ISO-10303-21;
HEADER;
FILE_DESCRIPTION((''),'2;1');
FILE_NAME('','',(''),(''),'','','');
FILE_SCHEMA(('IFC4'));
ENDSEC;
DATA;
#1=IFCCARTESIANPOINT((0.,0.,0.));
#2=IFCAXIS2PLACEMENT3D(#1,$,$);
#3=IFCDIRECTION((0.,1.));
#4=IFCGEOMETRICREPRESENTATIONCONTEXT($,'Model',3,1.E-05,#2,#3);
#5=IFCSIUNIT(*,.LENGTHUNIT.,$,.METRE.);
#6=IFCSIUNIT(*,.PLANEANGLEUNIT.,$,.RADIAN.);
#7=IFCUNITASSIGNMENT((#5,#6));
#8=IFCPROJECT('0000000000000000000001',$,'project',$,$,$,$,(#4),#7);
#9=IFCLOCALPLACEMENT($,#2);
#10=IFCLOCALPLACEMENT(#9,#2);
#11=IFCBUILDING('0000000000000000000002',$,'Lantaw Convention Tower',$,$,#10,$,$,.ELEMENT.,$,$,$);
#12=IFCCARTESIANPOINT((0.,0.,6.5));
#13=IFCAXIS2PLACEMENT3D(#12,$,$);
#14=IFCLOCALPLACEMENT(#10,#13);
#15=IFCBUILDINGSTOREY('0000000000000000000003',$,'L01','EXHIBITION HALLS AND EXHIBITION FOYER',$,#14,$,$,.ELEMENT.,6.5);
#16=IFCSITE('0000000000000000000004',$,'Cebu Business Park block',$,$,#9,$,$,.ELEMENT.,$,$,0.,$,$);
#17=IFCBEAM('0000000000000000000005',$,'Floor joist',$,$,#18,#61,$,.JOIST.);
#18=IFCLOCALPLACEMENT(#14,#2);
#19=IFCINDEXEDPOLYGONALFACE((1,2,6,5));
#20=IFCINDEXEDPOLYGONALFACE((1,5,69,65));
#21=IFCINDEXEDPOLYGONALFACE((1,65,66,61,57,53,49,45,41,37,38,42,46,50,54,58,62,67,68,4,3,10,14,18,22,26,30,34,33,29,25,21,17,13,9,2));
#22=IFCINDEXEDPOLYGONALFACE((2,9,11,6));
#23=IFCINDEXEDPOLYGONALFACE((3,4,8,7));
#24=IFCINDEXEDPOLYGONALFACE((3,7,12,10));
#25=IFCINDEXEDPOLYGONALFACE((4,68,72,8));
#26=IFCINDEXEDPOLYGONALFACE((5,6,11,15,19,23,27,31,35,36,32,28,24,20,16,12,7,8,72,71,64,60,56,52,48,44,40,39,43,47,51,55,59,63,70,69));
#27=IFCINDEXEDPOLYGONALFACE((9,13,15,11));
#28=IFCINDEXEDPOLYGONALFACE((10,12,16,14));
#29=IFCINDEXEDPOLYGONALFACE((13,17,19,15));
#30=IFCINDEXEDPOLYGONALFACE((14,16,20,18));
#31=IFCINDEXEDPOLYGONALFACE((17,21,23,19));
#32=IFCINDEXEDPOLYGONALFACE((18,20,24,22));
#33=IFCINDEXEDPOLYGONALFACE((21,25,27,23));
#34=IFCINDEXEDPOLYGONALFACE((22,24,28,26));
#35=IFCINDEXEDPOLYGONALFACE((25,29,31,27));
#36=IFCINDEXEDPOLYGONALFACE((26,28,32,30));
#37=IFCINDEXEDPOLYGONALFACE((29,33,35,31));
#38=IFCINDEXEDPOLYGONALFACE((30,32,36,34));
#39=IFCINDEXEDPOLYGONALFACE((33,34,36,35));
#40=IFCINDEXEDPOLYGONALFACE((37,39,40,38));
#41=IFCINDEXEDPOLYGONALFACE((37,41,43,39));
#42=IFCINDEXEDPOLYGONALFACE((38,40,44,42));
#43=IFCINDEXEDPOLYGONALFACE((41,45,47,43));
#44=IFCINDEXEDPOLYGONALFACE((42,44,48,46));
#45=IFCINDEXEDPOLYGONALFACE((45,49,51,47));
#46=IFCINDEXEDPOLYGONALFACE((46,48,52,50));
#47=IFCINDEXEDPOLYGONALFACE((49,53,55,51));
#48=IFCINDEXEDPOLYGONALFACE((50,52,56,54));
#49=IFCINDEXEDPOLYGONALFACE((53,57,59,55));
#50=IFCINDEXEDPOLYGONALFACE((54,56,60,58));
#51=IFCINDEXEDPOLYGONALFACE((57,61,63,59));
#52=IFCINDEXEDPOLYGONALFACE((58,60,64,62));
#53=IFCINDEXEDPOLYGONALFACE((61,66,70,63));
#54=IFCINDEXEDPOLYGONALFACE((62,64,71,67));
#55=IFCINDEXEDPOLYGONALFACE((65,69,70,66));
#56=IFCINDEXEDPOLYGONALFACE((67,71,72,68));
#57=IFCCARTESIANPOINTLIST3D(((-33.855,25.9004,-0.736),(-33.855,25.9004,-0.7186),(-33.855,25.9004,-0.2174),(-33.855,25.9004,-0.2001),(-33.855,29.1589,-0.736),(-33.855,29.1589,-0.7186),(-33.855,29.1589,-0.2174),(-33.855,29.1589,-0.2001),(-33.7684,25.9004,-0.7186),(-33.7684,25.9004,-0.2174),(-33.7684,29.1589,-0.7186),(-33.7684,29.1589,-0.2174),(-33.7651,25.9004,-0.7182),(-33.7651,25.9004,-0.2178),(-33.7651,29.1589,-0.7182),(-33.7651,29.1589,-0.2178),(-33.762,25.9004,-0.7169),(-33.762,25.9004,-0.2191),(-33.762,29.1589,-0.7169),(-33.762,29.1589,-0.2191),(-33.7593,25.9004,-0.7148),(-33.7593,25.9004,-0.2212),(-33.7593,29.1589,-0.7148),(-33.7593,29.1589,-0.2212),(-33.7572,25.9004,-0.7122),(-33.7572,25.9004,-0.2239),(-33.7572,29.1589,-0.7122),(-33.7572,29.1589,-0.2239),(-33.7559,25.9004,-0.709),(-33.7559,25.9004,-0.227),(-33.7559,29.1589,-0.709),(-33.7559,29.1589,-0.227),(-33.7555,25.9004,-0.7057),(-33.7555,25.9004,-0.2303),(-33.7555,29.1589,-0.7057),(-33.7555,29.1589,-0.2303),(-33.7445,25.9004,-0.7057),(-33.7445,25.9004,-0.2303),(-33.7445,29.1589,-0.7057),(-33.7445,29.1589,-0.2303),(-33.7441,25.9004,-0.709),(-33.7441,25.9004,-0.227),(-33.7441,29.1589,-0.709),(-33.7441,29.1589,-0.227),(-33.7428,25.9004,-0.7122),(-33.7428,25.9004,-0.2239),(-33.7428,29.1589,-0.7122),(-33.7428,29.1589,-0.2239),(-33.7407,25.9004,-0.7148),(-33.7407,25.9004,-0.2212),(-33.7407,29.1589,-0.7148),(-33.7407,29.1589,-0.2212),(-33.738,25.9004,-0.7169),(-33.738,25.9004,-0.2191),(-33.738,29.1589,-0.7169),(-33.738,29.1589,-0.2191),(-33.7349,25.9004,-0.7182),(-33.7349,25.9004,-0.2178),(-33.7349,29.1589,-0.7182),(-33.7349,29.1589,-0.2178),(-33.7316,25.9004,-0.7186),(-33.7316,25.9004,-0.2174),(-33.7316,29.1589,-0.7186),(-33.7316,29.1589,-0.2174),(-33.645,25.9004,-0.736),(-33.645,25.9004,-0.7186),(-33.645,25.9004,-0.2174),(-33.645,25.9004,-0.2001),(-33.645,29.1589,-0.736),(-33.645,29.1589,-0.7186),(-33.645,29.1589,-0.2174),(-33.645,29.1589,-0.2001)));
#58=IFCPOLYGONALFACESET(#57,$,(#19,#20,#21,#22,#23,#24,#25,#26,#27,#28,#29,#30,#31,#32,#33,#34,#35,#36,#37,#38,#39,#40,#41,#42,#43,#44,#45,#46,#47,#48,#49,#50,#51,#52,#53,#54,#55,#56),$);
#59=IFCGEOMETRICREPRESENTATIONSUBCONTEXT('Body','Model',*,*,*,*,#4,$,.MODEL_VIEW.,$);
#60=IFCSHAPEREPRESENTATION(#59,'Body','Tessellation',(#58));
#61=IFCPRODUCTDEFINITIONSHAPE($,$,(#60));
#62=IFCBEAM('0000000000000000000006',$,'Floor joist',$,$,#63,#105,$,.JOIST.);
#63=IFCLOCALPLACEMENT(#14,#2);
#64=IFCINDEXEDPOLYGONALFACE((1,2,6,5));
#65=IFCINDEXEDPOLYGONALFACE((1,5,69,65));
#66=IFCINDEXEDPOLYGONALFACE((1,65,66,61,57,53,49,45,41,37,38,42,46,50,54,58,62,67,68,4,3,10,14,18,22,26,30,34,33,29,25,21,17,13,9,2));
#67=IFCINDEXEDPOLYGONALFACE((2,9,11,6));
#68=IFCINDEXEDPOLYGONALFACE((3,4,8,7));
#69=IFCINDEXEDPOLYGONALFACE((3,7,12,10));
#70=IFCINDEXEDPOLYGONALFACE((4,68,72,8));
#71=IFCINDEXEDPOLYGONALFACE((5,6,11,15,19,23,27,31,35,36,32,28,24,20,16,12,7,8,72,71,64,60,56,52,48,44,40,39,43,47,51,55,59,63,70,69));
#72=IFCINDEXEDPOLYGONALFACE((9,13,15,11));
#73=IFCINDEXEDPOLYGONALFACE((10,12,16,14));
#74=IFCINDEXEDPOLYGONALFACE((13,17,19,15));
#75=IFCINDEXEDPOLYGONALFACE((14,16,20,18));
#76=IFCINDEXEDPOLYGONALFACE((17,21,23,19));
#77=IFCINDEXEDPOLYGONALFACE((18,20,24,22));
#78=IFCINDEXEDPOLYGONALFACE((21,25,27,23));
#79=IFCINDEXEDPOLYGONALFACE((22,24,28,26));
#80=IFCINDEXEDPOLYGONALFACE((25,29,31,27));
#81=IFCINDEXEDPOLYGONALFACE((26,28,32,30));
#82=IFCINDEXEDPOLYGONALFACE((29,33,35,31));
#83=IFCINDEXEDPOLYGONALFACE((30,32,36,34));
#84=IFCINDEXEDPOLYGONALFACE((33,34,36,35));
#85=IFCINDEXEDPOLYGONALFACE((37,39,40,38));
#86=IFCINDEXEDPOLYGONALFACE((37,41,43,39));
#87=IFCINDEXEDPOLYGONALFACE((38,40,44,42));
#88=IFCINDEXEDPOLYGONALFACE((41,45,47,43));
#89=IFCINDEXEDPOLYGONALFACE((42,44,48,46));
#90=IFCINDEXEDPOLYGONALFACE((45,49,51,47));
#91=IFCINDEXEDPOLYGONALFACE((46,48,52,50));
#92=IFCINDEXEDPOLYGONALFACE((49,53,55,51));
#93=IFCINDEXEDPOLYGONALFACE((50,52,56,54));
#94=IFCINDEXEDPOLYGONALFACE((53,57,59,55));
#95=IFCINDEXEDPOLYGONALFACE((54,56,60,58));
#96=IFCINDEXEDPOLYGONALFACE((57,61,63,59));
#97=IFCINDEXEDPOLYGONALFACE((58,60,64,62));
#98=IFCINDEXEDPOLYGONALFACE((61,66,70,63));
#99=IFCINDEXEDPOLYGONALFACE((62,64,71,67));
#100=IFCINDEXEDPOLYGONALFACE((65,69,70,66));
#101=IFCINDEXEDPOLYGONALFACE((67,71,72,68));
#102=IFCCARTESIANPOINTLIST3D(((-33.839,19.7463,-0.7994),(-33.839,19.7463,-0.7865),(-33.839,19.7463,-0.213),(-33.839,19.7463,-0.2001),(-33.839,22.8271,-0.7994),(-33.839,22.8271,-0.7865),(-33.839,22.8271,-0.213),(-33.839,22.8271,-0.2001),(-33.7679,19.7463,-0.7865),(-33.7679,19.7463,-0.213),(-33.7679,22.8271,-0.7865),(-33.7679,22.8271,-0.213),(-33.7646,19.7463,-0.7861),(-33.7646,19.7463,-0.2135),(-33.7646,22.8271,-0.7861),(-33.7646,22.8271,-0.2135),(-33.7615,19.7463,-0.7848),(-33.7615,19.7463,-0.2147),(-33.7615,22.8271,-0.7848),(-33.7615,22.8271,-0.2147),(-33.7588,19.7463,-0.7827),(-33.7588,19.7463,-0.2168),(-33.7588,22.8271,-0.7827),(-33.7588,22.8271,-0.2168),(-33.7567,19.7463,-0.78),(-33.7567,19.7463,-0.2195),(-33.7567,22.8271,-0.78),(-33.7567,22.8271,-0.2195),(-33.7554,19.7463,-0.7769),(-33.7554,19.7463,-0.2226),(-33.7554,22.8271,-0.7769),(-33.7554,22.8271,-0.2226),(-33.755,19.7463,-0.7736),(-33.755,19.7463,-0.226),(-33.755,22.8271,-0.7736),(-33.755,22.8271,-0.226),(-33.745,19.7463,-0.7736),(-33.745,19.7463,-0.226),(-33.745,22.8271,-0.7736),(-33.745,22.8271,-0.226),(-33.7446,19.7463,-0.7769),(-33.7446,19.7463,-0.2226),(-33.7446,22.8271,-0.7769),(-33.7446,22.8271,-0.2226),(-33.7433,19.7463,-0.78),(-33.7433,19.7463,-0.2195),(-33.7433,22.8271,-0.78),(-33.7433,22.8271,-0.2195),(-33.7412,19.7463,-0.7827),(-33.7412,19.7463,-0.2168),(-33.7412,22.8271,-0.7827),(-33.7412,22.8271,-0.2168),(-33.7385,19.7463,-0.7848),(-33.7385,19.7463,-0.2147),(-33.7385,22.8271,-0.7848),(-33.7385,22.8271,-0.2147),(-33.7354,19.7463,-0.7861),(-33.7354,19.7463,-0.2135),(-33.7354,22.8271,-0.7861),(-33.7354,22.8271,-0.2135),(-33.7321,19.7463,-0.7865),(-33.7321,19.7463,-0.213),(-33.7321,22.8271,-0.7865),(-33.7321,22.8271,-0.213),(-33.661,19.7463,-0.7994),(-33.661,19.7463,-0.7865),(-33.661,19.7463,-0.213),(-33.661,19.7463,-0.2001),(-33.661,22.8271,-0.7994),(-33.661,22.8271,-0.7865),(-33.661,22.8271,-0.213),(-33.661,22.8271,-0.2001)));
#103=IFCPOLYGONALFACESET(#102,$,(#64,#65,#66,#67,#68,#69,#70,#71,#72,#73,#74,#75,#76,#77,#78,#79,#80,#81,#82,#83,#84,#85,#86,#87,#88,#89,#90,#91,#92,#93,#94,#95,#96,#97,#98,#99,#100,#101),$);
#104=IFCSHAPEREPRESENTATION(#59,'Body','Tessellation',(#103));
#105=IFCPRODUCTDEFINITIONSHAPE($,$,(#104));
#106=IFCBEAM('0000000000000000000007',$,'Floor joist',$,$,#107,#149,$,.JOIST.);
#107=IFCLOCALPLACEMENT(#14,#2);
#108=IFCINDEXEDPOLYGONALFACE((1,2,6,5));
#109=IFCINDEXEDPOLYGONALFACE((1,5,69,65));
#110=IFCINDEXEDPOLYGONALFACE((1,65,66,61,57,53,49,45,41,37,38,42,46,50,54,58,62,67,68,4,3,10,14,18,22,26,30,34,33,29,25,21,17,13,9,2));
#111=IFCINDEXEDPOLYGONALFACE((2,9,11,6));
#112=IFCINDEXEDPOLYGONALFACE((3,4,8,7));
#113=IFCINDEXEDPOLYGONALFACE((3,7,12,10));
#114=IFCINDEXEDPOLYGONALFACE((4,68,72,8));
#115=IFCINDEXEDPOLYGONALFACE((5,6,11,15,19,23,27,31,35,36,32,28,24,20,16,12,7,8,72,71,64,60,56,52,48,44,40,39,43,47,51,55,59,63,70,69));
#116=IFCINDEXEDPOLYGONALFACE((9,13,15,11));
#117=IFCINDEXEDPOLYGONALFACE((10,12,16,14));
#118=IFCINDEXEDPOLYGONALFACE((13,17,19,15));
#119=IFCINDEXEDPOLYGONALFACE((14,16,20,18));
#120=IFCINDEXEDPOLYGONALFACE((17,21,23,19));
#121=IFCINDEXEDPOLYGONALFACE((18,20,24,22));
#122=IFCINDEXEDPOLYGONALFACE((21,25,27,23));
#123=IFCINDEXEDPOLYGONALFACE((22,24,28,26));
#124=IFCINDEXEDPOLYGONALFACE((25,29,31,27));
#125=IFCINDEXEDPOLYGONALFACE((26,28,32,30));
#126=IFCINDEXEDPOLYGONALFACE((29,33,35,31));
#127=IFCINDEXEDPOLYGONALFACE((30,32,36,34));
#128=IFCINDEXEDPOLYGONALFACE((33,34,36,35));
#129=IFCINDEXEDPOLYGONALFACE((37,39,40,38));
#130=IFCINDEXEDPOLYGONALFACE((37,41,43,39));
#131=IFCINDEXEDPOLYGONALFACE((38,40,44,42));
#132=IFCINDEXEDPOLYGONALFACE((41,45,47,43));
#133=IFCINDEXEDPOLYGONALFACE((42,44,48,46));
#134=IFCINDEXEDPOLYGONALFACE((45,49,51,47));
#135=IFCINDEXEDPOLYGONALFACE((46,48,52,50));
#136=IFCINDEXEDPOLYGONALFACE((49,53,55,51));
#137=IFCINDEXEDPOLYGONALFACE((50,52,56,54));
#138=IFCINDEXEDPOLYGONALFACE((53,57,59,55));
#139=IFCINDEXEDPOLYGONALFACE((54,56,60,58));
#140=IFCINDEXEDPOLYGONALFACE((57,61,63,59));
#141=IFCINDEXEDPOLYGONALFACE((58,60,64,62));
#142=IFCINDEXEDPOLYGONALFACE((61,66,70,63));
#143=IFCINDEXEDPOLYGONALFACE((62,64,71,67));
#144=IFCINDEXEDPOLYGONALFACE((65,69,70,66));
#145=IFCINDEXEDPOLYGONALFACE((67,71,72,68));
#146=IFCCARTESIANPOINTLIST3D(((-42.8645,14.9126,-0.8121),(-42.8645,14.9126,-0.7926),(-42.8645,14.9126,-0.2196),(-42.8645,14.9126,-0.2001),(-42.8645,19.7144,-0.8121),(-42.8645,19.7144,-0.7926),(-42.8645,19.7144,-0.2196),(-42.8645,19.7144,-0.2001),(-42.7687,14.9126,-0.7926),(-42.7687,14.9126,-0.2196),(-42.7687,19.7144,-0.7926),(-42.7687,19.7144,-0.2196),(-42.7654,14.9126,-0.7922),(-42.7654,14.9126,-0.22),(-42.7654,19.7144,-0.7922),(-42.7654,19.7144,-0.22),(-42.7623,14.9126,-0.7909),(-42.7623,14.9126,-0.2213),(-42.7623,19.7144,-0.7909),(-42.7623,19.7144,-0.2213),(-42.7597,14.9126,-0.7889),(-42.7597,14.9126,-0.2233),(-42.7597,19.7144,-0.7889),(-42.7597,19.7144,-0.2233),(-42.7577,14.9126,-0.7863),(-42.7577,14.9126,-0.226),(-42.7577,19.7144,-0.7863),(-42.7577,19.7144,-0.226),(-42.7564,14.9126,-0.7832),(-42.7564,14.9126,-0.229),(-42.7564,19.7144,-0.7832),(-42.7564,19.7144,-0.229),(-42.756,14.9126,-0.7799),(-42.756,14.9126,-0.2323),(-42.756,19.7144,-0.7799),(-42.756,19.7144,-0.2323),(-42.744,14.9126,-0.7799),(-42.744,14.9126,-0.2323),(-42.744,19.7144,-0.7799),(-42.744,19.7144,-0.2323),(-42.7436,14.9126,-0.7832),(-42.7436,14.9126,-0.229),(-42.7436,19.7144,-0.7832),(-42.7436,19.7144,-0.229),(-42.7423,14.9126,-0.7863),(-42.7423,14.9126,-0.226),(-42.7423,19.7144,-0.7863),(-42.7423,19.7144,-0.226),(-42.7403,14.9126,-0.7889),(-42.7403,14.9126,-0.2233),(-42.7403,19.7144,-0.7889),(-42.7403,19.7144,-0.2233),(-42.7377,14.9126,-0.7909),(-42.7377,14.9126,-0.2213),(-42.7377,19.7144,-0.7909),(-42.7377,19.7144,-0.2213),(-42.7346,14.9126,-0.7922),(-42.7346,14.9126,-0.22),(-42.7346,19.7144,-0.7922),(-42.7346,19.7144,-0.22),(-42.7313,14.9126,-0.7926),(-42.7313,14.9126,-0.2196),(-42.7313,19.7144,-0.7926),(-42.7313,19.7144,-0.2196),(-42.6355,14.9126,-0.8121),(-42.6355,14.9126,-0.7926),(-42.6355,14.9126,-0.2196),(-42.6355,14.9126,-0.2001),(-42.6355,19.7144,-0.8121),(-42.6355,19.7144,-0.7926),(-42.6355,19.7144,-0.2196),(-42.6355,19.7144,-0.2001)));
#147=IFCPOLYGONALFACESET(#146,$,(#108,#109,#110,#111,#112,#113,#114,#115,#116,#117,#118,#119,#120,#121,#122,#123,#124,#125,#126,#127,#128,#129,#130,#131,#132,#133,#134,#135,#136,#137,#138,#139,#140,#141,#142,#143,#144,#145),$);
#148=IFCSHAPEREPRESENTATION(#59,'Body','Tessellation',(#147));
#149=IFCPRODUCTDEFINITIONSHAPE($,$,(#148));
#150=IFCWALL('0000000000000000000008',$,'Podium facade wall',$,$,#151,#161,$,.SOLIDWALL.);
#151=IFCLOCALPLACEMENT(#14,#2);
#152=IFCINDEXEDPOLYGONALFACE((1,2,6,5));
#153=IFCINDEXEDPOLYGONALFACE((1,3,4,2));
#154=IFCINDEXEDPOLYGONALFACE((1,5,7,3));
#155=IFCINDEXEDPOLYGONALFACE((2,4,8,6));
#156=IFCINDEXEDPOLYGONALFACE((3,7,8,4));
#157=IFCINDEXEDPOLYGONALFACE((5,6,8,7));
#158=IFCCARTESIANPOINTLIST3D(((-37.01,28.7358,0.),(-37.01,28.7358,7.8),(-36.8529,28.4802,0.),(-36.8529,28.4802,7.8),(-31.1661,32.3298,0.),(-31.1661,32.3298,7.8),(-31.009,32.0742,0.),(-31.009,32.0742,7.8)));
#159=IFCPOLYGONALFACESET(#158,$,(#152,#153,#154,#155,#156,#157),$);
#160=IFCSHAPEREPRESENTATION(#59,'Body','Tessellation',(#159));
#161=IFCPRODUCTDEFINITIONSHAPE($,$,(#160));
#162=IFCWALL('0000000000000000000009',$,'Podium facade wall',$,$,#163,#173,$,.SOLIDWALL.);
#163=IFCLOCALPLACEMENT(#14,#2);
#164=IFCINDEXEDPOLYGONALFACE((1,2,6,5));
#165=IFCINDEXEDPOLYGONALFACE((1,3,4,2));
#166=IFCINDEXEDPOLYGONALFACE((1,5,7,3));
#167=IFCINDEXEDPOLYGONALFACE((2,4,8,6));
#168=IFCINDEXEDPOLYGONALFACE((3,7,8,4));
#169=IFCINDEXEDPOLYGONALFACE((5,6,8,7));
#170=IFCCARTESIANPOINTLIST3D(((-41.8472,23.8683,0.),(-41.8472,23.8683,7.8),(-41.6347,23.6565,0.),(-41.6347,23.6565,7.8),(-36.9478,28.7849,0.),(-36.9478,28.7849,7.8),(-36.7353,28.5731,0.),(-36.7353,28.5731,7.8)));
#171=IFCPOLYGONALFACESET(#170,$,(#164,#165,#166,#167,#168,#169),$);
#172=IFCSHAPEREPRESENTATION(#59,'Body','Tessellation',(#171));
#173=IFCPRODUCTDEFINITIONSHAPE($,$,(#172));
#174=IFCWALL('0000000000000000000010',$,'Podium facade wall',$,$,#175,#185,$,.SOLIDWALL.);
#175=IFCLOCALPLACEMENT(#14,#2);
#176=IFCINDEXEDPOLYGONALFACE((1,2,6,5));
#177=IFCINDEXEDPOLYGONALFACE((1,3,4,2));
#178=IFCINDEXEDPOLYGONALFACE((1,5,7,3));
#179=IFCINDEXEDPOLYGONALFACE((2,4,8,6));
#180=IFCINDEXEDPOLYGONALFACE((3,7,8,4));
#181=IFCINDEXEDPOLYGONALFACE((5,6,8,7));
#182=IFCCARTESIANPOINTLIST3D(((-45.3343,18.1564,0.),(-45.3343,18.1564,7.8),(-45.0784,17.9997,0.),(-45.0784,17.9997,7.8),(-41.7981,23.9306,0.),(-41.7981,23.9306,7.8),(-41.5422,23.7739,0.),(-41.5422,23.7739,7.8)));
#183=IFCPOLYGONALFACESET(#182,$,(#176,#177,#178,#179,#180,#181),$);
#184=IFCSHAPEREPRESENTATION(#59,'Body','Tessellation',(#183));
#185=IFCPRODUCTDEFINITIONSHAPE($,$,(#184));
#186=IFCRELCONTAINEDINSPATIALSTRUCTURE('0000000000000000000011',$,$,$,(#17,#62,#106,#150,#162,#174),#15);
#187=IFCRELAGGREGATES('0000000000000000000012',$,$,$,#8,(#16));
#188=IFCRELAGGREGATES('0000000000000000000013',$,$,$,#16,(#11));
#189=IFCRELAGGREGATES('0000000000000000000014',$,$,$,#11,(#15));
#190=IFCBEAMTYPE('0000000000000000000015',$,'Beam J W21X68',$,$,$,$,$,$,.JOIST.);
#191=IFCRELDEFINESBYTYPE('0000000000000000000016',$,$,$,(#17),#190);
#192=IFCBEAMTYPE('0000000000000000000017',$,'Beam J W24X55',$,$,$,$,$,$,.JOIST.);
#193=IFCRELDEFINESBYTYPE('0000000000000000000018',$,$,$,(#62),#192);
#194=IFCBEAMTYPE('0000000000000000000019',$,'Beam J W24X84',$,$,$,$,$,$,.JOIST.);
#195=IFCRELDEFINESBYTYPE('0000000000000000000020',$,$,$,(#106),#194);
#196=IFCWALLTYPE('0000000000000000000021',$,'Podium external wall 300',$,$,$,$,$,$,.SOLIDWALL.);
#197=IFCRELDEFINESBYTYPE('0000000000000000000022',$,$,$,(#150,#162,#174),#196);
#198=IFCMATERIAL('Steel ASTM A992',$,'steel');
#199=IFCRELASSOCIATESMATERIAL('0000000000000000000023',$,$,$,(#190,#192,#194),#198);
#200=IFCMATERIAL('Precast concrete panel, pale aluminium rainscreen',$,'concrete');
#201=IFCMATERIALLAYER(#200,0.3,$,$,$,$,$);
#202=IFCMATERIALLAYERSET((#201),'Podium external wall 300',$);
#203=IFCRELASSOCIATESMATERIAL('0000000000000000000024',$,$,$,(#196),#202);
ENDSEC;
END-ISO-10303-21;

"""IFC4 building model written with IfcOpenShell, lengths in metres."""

from ifc_helpers import new_model, si_unit, direction, frame, frame_2d, origin, origin_2d, place, context, subcontext, project, spatial, rectangle, i_section, extrude, material, layer, layer_set, material_profile, profile_set, type_object, element, save


model = new_model("IFC4")

# Units and contexts
model_context = context("Model", 3, precision=1e-05, world=origin(), true_north=direction((0.0, 1.0)))
body_context = subcontext(model_context, "Body", "Model", "MODEL_VIEW")
ifc_project = project(units=[si_unit("LENGTHUNIT", "METRE"), si_unit("PLANEANGLEUNIT", "RADIAN")], contexts=[model_context])

# Site, building, storey
site_placement = place(None, origin())
site = spatial("IfcSite", under=ifc_project, at=site_placement, Name="Cebu Business Park block", CompositionType="ELEMENT", RefElevation=0.0)
building_placement = place(site_placement, origin())
building = spatial("IfcBuilding", under=site, at=building_placement, Name="Lantaw Convention Tower", CompositionType="ELEMENT")
storey_placement = place(building_placement, frame((0.0, 0.0, 6.5)))
storey = spatial("IfcBuildingStorey", under=building, at=storey_placement, Name="L01", Description="EXHIBITION HALLS AND EXHIBITION FOYER", CompositionType="ELEMENT", Elevation=6.5)

# Beams
ifc_material_1 = material(Name="Steel ASTM A992", Category="steel")
ifc_material_profile_1 = material_profile(ifc_material_1, i_section(OverallWidth=0.21, OverallDepth=0.5359, WebThickness=0.011, FlangeThickness=0.0173, FilletRadius=0.0129, at=origin_2d()), Name="W21X68")
ifc_profile_set_1 = profile_set([ifc_material_profile_1], Name="Steel ASTM A992")
beam_type_1 = type_object("IfcBeamType", Name="Beam J W21X68", PredefinedType="JOIST", material=ifc_profile_set_1)
beam_1_placement = place(storey_placement, frame((-33.75, 25.9004, -0.468), z_axis=(0.0, 1.0, 0.0), x_axis=(-1.0, 0.0, 0.0)))
element("IfcBeam", 1, at=beam_1_placement, inside=storey, type_object=beam_type_1, Name="Floor joist", PredefinedType="JOIST", context=body_context, shape_type="SweptSolid", body=[
    extrude(i_section(OverallWidth=0.21, OverallDepth=0.5359, WebThickness=0.011, FlangeThickness=0.0173, FilletRadius=0.0129, at=origin_2d()), origin(), (0.0, 0.0, 1.0), 3.2585),
])
ifc_material_profile_2 = material_profile(ifc_material_1, i_section(OverallWidth=0.178, OverallDepth=0.5994, WebThickness=0.01, FlangeThickness=0.0129, FilletRadius=0.0129, at=origin_2d()), Name="W24X55")
ifc_profile_set_2 = profile_set([ifc_material_profile_2], Name="Steel ASTM A992")
beam_type_2 = type_object("IfcBeamType", Name="Beam J W24X55", PredefinedType="JOIST", material=ifc_profile_set_2)
beam_2_placement = place(storey_placement, frame((-33.75, 19.7463, -0.4998), z_axis=(0.0, 1.0, 0.0), x_axis=(-1.0, 0.0, 0.0)))
element("IfcBeam", 2, at=beam_2_placement, inside=storey, type_object=beam_type_2, Name="Floor joist", PredefinedType="JOIST", context=body_context, shape_type="SweptSolid", body=[
    extrude(i_section(OverallWidth=0.178, OverallDepth=0.5994, WebThickness=0.01, FlangeThickness=0.0129, FilletRadius=0.0129, at=origin_2d()), origin(), (0.0, 0.0, 1.0), 3.0808),
])
ifc_material_profile_3 = material_profile(ifc_material_1, i_section(OverallWidth=0.229, OverallDepth=0.6121, WebThickness=0.012, FlangeThickness=0.0195, FilletRadius=0.0127, at=origin_2d()), Name="W24X84")
ifc_profile_set_3 = profile_set([ifc_material_profile_3], Name="Steel ASTM A992")
beam_type_3 = type_object("IfcBeamType", Name="Beam J W24X84", PredefinedType="JOIST", material=ifc_profile_set_3)
beam_3_placement = place(storey_placement, frame((-42.75, 14.9126, -0.5061), z_axis=(0.0, 1.0, 0.0), x_axis=(-1.0, 0.0, 0.0)))
element("IfcBeam", 3, at=beam_3_placement, inside=storey, type_object=beam_type_3, Name="Floor joist", PredefinedType="JOIST", context=body_context, shape_type="SweptSolid", body=[
    extrude(i_section(OverallWidth=0.229, OverallDepth=0.6121, WebThickness=0.012, FlangeThickness=0.0195, FilletRadius=0.0127, at=origin_2d()), origin(), (0.0, 0.0, 1.0), 4.8018),
])

# Walls
ifc_material_2 = material(Name="Precast concrete panel, pale aluminium rainscreen", Category="concrete")
ifc_layer_1 = layer(ifc_material_2, 0.3)
ifc_layer_set_1 = layer_set([ifc_layer_1], Name="Podium external wall 300")
wall_type_1 = type_object("IfcWallType", Name="Podium external wall 300", PredefinedType="SOLIDWALL", material=ifc_layer_set_1)
wall_1_placement = place(storey_placement, frame((-31.0876, 32.2019, 0.0), z_axis=(0.0, 0.0, 1.0), x_axis=(-0.851809, -0.523853, 0.0)))
element("IfcWall", 4, at=wall_1_placement, inside=storey, type_object=wall_type_1, Name="Podium facade wall", PredefinedType="SOLIDWALL", context=body_context, shape_type="SweptSolid", body=[
    extrude(rectangle(XDim=6.8606, YDim=0.3, at=frame_2d((3.4302, 0.0))), origin(), (0.0, 0.0, 1.0), 7.8),
])
wall_2_placement = place(storey_placement, frame((-36.8416, 28.679, 0.0), z_axis=(0.0, 0.0, 1.0), x_axis=(-0.705875, -0.708337, 0.0)))
element("IfcWall", 5, at=wall_2_placement, inside=storey, type_object=wall_type_1, Name="Podium facade wall", PredefinedType="SOLIDWALL", context=body_context, shape_type="SweptSolid", body=[
    extrude(rectangle(XDim=6.9409, YDim=0.3, at=frame_2d((3.4705, 0.0))), origin(), (0.0, 0.0, 1.0), 7.8),
])
wall_3_placement = place(storey_placement, frame((-41.6702, 23.8523, 0.0), z_axis=(0.0, 0.0, 1.0), x_axis=(-0.522253, -0.85279, 0.0)))
element("IfcWall", 6, at=wall_3_placement, inside=storey, type_object=wall_type_1, Name="Podium facade wall", PredefinedType="SOLIDWALL", context=body_context, shape_type="SweptSolid", body=[
    extrude(rectangle(XDim=6.771, YDim=0.3, at=frame_2d((3.3855, 0.0))), origin(), (0.0, 0.0, 1.0), 7.8),
])

save(model, "model.ifc")
